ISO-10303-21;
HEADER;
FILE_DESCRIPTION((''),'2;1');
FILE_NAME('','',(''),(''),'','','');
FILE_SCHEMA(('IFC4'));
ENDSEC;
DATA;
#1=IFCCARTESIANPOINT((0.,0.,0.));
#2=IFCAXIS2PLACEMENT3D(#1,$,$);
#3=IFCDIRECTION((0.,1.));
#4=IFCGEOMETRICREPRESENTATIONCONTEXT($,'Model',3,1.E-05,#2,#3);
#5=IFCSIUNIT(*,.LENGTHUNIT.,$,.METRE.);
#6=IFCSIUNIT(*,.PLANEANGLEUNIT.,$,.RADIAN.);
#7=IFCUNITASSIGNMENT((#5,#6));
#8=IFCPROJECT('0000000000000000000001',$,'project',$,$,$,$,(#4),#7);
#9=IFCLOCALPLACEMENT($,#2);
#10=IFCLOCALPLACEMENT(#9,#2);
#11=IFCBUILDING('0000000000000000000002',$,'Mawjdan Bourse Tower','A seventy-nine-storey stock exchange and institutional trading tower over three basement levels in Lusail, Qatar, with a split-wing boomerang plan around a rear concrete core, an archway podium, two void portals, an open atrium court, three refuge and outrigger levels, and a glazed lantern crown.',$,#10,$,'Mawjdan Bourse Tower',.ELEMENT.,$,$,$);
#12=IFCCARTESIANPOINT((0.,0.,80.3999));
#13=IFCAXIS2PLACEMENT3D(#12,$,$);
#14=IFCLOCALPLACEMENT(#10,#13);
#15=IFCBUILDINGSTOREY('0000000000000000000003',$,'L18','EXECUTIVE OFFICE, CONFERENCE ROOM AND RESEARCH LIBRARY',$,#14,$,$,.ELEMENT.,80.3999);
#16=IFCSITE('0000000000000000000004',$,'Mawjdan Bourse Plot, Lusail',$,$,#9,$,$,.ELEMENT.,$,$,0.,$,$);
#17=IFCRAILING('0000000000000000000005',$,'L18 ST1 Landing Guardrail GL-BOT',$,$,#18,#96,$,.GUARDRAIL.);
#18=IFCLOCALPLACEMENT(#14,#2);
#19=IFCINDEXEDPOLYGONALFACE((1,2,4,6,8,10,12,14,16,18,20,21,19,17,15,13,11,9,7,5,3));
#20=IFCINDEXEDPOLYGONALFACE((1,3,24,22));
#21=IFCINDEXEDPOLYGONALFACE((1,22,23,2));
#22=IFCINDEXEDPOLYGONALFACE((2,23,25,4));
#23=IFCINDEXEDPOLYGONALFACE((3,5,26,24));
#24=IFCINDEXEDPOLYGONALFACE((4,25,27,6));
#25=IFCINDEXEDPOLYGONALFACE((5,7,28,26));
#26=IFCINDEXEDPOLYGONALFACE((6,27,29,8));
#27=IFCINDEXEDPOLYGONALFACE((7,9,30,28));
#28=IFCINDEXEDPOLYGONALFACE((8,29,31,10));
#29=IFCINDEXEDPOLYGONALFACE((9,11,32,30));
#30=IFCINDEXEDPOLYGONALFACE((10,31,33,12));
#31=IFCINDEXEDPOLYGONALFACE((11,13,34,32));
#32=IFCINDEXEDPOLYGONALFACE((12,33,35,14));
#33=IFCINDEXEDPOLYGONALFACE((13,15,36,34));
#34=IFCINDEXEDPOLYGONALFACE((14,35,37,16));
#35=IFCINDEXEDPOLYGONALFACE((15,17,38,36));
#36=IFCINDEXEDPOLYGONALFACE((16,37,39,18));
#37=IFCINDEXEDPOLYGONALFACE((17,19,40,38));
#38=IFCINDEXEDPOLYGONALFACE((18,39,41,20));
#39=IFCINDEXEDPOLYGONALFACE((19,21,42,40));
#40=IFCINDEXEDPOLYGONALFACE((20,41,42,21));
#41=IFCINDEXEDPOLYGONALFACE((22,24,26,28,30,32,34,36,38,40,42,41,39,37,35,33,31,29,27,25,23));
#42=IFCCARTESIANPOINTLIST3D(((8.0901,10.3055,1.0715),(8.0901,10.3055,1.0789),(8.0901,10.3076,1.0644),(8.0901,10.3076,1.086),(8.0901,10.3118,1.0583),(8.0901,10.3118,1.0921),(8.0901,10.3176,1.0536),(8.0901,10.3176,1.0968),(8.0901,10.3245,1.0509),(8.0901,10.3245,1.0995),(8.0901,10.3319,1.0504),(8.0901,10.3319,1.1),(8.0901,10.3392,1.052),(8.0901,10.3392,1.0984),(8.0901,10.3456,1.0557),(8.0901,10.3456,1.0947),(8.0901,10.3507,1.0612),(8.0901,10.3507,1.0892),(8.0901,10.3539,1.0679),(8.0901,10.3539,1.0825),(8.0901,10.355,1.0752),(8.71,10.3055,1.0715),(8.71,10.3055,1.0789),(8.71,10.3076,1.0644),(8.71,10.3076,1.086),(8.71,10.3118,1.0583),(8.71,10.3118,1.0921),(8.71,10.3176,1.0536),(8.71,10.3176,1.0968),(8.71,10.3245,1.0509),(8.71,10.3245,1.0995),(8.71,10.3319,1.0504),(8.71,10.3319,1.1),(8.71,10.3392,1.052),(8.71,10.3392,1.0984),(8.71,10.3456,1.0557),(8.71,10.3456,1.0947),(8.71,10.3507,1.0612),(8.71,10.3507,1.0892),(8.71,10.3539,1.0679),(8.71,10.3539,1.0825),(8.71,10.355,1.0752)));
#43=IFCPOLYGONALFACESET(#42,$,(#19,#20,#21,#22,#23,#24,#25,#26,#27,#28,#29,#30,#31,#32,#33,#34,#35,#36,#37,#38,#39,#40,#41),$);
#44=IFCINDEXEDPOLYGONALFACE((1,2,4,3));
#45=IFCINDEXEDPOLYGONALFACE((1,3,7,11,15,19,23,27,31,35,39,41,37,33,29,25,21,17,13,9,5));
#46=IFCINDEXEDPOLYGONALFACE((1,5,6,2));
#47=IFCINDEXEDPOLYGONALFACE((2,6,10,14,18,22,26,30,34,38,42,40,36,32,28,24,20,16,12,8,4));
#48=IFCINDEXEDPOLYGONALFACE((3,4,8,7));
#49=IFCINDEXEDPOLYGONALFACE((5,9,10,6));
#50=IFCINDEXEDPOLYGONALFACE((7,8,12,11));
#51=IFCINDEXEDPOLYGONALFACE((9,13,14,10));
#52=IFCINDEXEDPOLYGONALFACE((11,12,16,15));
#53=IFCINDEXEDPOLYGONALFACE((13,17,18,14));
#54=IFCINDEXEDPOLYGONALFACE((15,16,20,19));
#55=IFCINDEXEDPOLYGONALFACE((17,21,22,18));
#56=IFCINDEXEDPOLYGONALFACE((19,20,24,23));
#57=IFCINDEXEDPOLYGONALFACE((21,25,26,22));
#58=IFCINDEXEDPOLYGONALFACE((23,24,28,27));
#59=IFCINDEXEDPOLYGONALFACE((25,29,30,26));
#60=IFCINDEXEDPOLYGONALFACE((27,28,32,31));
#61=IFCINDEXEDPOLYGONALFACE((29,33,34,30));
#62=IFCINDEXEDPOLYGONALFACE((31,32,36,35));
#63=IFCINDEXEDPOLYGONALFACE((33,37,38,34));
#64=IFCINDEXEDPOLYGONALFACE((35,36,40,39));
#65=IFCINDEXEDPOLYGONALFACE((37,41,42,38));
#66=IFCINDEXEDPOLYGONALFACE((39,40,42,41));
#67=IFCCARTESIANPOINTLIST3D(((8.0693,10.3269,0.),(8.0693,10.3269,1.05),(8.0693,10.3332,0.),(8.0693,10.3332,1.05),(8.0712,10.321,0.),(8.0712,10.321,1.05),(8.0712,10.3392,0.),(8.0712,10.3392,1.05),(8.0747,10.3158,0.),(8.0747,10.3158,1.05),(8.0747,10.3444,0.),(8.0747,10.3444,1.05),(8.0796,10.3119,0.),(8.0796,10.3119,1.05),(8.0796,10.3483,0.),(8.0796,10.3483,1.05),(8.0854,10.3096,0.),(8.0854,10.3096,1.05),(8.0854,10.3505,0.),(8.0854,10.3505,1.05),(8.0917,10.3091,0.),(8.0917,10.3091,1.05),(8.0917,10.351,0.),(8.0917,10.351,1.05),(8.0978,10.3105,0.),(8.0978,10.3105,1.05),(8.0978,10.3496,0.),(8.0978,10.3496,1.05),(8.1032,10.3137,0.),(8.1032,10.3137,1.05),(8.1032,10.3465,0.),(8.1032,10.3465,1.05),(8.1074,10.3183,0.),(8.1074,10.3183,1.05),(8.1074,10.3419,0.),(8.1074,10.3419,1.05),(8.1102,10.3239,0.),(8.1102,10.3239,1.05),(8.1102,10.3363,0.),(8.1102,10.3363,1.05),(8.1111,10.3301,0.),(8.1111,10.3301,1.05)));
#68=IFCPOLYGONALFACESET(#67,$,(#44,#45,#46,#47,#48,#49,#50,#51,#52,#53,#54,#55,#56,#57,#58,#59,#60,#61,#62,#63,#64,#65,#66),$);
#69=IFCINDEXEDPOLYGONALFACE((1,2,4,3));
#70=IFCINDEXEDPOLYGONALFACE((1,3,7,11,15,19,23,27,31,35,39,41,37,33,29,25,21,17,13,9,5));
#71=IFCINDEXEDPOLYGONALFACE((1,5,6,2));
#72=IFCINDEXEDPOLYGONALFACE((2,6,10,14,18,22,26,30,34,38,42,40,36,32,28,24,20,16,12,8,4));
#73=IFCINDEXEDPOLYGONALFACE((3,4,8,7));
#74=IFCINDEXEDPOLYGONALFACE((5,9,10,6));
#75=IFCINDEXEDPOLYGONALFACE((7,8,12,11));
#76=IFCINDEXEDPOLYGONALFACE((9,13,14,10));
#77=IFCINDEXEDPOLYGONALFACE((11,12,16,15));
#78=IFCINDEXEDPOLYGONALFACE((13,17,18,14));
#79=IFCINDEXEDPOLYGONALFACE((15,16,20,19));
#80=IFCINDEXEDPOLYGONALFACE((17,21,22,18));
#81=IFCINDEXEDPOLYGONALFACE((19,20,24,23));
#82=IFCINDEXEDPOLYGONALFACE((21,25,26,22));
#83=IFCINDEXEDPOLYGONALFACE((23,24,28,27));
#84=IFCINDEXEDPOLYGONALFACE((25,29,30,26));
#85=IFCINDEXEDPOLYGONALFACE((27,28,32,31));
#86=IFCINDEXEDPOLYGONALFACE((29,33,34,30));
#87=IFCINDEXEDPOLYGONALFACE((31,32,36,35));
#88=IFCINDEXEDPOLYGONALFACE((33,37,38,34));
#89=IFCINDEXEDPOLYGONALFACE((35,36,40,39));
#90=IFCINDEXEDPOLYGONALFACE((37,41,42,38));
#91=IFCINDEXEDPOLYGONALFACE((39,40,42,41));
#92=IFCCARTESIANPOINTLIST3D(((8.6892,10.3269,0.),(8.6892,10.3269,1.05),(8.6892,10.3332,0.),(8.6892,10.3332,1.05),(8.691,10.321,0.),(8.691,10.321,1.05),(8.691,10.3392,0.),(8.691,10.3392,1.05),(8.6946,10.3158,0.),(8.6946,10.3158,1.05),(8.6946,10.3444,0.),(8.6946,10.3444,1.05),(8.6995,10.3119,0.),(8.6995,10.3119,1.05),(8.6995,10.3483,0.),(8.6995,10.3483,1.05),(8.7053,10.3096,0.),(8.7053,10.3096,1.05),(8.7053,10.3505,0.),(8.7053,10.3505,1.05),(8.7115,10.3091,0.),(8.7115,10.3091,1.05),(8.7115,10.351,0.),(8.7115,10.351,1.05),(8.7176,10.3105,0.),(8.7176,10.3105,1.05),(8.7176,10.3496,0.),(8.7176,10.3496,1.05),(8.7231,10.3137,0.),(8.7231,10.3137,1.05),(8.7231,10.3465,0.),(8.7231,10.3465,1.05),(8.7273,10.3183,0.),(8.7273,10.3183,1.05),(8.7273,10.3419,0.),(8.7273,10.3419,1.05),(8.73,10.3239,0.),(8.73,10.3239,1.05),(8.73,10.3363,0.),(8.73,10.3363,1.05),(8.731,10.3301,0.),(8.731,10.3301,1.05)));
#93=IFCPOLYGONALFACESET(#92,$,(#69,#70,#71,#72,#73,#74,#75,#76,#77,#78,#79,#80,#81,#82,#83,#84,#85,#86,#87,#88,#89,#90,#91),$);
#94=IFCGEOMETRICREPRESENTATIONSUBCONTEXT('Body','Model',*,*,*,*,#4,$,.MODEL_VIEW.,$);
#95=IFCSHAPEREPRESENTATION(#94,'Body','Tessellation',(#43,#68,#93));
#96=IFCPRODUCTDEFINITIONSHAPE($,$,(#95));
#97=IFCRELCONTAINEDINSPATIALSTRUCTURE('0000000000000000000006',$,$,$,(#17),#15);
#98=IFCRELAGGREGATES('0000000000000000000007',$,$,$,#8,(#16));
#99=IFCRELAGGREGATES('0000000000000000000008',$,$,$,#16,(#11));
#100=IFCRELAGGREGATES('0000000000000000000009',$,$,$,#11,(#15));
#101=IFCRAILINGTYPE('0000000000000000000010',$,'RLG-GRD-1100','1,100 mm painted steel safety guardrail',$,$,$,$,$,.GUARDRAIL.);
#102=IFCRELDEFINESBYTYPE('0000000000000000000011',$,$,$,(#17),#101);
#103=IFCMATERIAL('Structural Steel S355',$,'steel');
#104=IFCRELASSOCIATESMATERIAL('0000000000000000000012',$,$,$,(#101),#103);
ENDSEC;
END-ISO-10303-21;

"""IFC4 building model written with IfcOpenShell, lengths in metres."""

from ifc_helpers import new_model, si_unit, direction, frame, origin, origin_2d, place, context, subcontext, project, spatial, circle, extrude, material, type_object, element, save


model = new_model("IFC4")

# Units and contexts
model_context = context("Model", 3, precision=1e-05, world=origin(), true_north=direction((0.0, 1.0)))
body_context = subcontext(model_context, "Body", "Model", "MODEL_VIEW")
ifc_project = project(units=[si_unit("LENGTHUNIT", "METRE"), si_unit("PLANEANGLEUNIT", "RADIAN")], contexts=[model_context])

# Site, building, storey
site_placement = place(None, origin())
site = spatial("IfcSite", under=ifc_project, at=site_placement, Name="Mawjdan Bourse Plot, Lusail", CompositionType="ELEMENT", RefElevation=0.0)
building_placement = place(site_placement, origin())
building = spatial("IfcBuilding", under=site, at=building_placement, Name="Mawjdan Bourse Tower", Description="A seventy-nine-storey stock exchange and institutional trading tower over three basement levels in Lusail, Qatar, with a split-wing boomerang plan around a rear concrete core, an archway podium, two void portals, an open atrium court, three refuge and outrigger levels, and a glazed lantern crown.", LongName="Mawjdan Bourse Tower", CompositionType="ELEMENT")
storey_placement = place(building_placement, frame((0.0, 0.0, 80.3999)))
storey = spatial("IfcBuildingStorey", under=building, at=storey_placement, Name="L18", Description="EXECUTIVE OFFICE, CONFERENCE ROOM AND RESEARCH LIBRARY", CompositionType="ELEMENT", Elevation=80.3999)

# Railing
ifc_material_1 = material(Name="Structural Steel S355", Category="steel")
railing_type_1 = type_object("IfcRailingType", Name="RLG-GRD-1100", Description="1,100 mm painted steel safety guardrail", PredefinedType="GUARDRAIL", material=ifc_material_1)
for number, where, name in (
    (1, (8.0901, 10.3301, 0.0), "L18 ST1 Landing Guardrail GL-BOT"),
):
    element("IfcRailing", number, at=place(storey_placement, frame(where)), inside=storey, type_object=railing_type_1, Name=name, PredefinedType="GUARDRAIL", context=body_context, shape_type="SweptSolid", body=[
        extrude(circle(Radius=0.0249, at=origin_2d()), frame((0.0, 0.0, 1.0752), z_axis=(1.0, 0.0, 0.0), x_axis=(0.0, 1.0, 0.0)), (0.0, 0.0, 1.0), 0.6199),
        extrude(circle(Radius=0.021, at=origin_2d()), origin(), (0.0, 0.0, 1.0), 1.05),
        extrude(circle(Radius=0.021, at=origin_2d()), frame((0.6199, 0.0, 0.0)), (0.0, 0.0, 1.0), 1.05),
    ])

save(model, "model.ifc")
